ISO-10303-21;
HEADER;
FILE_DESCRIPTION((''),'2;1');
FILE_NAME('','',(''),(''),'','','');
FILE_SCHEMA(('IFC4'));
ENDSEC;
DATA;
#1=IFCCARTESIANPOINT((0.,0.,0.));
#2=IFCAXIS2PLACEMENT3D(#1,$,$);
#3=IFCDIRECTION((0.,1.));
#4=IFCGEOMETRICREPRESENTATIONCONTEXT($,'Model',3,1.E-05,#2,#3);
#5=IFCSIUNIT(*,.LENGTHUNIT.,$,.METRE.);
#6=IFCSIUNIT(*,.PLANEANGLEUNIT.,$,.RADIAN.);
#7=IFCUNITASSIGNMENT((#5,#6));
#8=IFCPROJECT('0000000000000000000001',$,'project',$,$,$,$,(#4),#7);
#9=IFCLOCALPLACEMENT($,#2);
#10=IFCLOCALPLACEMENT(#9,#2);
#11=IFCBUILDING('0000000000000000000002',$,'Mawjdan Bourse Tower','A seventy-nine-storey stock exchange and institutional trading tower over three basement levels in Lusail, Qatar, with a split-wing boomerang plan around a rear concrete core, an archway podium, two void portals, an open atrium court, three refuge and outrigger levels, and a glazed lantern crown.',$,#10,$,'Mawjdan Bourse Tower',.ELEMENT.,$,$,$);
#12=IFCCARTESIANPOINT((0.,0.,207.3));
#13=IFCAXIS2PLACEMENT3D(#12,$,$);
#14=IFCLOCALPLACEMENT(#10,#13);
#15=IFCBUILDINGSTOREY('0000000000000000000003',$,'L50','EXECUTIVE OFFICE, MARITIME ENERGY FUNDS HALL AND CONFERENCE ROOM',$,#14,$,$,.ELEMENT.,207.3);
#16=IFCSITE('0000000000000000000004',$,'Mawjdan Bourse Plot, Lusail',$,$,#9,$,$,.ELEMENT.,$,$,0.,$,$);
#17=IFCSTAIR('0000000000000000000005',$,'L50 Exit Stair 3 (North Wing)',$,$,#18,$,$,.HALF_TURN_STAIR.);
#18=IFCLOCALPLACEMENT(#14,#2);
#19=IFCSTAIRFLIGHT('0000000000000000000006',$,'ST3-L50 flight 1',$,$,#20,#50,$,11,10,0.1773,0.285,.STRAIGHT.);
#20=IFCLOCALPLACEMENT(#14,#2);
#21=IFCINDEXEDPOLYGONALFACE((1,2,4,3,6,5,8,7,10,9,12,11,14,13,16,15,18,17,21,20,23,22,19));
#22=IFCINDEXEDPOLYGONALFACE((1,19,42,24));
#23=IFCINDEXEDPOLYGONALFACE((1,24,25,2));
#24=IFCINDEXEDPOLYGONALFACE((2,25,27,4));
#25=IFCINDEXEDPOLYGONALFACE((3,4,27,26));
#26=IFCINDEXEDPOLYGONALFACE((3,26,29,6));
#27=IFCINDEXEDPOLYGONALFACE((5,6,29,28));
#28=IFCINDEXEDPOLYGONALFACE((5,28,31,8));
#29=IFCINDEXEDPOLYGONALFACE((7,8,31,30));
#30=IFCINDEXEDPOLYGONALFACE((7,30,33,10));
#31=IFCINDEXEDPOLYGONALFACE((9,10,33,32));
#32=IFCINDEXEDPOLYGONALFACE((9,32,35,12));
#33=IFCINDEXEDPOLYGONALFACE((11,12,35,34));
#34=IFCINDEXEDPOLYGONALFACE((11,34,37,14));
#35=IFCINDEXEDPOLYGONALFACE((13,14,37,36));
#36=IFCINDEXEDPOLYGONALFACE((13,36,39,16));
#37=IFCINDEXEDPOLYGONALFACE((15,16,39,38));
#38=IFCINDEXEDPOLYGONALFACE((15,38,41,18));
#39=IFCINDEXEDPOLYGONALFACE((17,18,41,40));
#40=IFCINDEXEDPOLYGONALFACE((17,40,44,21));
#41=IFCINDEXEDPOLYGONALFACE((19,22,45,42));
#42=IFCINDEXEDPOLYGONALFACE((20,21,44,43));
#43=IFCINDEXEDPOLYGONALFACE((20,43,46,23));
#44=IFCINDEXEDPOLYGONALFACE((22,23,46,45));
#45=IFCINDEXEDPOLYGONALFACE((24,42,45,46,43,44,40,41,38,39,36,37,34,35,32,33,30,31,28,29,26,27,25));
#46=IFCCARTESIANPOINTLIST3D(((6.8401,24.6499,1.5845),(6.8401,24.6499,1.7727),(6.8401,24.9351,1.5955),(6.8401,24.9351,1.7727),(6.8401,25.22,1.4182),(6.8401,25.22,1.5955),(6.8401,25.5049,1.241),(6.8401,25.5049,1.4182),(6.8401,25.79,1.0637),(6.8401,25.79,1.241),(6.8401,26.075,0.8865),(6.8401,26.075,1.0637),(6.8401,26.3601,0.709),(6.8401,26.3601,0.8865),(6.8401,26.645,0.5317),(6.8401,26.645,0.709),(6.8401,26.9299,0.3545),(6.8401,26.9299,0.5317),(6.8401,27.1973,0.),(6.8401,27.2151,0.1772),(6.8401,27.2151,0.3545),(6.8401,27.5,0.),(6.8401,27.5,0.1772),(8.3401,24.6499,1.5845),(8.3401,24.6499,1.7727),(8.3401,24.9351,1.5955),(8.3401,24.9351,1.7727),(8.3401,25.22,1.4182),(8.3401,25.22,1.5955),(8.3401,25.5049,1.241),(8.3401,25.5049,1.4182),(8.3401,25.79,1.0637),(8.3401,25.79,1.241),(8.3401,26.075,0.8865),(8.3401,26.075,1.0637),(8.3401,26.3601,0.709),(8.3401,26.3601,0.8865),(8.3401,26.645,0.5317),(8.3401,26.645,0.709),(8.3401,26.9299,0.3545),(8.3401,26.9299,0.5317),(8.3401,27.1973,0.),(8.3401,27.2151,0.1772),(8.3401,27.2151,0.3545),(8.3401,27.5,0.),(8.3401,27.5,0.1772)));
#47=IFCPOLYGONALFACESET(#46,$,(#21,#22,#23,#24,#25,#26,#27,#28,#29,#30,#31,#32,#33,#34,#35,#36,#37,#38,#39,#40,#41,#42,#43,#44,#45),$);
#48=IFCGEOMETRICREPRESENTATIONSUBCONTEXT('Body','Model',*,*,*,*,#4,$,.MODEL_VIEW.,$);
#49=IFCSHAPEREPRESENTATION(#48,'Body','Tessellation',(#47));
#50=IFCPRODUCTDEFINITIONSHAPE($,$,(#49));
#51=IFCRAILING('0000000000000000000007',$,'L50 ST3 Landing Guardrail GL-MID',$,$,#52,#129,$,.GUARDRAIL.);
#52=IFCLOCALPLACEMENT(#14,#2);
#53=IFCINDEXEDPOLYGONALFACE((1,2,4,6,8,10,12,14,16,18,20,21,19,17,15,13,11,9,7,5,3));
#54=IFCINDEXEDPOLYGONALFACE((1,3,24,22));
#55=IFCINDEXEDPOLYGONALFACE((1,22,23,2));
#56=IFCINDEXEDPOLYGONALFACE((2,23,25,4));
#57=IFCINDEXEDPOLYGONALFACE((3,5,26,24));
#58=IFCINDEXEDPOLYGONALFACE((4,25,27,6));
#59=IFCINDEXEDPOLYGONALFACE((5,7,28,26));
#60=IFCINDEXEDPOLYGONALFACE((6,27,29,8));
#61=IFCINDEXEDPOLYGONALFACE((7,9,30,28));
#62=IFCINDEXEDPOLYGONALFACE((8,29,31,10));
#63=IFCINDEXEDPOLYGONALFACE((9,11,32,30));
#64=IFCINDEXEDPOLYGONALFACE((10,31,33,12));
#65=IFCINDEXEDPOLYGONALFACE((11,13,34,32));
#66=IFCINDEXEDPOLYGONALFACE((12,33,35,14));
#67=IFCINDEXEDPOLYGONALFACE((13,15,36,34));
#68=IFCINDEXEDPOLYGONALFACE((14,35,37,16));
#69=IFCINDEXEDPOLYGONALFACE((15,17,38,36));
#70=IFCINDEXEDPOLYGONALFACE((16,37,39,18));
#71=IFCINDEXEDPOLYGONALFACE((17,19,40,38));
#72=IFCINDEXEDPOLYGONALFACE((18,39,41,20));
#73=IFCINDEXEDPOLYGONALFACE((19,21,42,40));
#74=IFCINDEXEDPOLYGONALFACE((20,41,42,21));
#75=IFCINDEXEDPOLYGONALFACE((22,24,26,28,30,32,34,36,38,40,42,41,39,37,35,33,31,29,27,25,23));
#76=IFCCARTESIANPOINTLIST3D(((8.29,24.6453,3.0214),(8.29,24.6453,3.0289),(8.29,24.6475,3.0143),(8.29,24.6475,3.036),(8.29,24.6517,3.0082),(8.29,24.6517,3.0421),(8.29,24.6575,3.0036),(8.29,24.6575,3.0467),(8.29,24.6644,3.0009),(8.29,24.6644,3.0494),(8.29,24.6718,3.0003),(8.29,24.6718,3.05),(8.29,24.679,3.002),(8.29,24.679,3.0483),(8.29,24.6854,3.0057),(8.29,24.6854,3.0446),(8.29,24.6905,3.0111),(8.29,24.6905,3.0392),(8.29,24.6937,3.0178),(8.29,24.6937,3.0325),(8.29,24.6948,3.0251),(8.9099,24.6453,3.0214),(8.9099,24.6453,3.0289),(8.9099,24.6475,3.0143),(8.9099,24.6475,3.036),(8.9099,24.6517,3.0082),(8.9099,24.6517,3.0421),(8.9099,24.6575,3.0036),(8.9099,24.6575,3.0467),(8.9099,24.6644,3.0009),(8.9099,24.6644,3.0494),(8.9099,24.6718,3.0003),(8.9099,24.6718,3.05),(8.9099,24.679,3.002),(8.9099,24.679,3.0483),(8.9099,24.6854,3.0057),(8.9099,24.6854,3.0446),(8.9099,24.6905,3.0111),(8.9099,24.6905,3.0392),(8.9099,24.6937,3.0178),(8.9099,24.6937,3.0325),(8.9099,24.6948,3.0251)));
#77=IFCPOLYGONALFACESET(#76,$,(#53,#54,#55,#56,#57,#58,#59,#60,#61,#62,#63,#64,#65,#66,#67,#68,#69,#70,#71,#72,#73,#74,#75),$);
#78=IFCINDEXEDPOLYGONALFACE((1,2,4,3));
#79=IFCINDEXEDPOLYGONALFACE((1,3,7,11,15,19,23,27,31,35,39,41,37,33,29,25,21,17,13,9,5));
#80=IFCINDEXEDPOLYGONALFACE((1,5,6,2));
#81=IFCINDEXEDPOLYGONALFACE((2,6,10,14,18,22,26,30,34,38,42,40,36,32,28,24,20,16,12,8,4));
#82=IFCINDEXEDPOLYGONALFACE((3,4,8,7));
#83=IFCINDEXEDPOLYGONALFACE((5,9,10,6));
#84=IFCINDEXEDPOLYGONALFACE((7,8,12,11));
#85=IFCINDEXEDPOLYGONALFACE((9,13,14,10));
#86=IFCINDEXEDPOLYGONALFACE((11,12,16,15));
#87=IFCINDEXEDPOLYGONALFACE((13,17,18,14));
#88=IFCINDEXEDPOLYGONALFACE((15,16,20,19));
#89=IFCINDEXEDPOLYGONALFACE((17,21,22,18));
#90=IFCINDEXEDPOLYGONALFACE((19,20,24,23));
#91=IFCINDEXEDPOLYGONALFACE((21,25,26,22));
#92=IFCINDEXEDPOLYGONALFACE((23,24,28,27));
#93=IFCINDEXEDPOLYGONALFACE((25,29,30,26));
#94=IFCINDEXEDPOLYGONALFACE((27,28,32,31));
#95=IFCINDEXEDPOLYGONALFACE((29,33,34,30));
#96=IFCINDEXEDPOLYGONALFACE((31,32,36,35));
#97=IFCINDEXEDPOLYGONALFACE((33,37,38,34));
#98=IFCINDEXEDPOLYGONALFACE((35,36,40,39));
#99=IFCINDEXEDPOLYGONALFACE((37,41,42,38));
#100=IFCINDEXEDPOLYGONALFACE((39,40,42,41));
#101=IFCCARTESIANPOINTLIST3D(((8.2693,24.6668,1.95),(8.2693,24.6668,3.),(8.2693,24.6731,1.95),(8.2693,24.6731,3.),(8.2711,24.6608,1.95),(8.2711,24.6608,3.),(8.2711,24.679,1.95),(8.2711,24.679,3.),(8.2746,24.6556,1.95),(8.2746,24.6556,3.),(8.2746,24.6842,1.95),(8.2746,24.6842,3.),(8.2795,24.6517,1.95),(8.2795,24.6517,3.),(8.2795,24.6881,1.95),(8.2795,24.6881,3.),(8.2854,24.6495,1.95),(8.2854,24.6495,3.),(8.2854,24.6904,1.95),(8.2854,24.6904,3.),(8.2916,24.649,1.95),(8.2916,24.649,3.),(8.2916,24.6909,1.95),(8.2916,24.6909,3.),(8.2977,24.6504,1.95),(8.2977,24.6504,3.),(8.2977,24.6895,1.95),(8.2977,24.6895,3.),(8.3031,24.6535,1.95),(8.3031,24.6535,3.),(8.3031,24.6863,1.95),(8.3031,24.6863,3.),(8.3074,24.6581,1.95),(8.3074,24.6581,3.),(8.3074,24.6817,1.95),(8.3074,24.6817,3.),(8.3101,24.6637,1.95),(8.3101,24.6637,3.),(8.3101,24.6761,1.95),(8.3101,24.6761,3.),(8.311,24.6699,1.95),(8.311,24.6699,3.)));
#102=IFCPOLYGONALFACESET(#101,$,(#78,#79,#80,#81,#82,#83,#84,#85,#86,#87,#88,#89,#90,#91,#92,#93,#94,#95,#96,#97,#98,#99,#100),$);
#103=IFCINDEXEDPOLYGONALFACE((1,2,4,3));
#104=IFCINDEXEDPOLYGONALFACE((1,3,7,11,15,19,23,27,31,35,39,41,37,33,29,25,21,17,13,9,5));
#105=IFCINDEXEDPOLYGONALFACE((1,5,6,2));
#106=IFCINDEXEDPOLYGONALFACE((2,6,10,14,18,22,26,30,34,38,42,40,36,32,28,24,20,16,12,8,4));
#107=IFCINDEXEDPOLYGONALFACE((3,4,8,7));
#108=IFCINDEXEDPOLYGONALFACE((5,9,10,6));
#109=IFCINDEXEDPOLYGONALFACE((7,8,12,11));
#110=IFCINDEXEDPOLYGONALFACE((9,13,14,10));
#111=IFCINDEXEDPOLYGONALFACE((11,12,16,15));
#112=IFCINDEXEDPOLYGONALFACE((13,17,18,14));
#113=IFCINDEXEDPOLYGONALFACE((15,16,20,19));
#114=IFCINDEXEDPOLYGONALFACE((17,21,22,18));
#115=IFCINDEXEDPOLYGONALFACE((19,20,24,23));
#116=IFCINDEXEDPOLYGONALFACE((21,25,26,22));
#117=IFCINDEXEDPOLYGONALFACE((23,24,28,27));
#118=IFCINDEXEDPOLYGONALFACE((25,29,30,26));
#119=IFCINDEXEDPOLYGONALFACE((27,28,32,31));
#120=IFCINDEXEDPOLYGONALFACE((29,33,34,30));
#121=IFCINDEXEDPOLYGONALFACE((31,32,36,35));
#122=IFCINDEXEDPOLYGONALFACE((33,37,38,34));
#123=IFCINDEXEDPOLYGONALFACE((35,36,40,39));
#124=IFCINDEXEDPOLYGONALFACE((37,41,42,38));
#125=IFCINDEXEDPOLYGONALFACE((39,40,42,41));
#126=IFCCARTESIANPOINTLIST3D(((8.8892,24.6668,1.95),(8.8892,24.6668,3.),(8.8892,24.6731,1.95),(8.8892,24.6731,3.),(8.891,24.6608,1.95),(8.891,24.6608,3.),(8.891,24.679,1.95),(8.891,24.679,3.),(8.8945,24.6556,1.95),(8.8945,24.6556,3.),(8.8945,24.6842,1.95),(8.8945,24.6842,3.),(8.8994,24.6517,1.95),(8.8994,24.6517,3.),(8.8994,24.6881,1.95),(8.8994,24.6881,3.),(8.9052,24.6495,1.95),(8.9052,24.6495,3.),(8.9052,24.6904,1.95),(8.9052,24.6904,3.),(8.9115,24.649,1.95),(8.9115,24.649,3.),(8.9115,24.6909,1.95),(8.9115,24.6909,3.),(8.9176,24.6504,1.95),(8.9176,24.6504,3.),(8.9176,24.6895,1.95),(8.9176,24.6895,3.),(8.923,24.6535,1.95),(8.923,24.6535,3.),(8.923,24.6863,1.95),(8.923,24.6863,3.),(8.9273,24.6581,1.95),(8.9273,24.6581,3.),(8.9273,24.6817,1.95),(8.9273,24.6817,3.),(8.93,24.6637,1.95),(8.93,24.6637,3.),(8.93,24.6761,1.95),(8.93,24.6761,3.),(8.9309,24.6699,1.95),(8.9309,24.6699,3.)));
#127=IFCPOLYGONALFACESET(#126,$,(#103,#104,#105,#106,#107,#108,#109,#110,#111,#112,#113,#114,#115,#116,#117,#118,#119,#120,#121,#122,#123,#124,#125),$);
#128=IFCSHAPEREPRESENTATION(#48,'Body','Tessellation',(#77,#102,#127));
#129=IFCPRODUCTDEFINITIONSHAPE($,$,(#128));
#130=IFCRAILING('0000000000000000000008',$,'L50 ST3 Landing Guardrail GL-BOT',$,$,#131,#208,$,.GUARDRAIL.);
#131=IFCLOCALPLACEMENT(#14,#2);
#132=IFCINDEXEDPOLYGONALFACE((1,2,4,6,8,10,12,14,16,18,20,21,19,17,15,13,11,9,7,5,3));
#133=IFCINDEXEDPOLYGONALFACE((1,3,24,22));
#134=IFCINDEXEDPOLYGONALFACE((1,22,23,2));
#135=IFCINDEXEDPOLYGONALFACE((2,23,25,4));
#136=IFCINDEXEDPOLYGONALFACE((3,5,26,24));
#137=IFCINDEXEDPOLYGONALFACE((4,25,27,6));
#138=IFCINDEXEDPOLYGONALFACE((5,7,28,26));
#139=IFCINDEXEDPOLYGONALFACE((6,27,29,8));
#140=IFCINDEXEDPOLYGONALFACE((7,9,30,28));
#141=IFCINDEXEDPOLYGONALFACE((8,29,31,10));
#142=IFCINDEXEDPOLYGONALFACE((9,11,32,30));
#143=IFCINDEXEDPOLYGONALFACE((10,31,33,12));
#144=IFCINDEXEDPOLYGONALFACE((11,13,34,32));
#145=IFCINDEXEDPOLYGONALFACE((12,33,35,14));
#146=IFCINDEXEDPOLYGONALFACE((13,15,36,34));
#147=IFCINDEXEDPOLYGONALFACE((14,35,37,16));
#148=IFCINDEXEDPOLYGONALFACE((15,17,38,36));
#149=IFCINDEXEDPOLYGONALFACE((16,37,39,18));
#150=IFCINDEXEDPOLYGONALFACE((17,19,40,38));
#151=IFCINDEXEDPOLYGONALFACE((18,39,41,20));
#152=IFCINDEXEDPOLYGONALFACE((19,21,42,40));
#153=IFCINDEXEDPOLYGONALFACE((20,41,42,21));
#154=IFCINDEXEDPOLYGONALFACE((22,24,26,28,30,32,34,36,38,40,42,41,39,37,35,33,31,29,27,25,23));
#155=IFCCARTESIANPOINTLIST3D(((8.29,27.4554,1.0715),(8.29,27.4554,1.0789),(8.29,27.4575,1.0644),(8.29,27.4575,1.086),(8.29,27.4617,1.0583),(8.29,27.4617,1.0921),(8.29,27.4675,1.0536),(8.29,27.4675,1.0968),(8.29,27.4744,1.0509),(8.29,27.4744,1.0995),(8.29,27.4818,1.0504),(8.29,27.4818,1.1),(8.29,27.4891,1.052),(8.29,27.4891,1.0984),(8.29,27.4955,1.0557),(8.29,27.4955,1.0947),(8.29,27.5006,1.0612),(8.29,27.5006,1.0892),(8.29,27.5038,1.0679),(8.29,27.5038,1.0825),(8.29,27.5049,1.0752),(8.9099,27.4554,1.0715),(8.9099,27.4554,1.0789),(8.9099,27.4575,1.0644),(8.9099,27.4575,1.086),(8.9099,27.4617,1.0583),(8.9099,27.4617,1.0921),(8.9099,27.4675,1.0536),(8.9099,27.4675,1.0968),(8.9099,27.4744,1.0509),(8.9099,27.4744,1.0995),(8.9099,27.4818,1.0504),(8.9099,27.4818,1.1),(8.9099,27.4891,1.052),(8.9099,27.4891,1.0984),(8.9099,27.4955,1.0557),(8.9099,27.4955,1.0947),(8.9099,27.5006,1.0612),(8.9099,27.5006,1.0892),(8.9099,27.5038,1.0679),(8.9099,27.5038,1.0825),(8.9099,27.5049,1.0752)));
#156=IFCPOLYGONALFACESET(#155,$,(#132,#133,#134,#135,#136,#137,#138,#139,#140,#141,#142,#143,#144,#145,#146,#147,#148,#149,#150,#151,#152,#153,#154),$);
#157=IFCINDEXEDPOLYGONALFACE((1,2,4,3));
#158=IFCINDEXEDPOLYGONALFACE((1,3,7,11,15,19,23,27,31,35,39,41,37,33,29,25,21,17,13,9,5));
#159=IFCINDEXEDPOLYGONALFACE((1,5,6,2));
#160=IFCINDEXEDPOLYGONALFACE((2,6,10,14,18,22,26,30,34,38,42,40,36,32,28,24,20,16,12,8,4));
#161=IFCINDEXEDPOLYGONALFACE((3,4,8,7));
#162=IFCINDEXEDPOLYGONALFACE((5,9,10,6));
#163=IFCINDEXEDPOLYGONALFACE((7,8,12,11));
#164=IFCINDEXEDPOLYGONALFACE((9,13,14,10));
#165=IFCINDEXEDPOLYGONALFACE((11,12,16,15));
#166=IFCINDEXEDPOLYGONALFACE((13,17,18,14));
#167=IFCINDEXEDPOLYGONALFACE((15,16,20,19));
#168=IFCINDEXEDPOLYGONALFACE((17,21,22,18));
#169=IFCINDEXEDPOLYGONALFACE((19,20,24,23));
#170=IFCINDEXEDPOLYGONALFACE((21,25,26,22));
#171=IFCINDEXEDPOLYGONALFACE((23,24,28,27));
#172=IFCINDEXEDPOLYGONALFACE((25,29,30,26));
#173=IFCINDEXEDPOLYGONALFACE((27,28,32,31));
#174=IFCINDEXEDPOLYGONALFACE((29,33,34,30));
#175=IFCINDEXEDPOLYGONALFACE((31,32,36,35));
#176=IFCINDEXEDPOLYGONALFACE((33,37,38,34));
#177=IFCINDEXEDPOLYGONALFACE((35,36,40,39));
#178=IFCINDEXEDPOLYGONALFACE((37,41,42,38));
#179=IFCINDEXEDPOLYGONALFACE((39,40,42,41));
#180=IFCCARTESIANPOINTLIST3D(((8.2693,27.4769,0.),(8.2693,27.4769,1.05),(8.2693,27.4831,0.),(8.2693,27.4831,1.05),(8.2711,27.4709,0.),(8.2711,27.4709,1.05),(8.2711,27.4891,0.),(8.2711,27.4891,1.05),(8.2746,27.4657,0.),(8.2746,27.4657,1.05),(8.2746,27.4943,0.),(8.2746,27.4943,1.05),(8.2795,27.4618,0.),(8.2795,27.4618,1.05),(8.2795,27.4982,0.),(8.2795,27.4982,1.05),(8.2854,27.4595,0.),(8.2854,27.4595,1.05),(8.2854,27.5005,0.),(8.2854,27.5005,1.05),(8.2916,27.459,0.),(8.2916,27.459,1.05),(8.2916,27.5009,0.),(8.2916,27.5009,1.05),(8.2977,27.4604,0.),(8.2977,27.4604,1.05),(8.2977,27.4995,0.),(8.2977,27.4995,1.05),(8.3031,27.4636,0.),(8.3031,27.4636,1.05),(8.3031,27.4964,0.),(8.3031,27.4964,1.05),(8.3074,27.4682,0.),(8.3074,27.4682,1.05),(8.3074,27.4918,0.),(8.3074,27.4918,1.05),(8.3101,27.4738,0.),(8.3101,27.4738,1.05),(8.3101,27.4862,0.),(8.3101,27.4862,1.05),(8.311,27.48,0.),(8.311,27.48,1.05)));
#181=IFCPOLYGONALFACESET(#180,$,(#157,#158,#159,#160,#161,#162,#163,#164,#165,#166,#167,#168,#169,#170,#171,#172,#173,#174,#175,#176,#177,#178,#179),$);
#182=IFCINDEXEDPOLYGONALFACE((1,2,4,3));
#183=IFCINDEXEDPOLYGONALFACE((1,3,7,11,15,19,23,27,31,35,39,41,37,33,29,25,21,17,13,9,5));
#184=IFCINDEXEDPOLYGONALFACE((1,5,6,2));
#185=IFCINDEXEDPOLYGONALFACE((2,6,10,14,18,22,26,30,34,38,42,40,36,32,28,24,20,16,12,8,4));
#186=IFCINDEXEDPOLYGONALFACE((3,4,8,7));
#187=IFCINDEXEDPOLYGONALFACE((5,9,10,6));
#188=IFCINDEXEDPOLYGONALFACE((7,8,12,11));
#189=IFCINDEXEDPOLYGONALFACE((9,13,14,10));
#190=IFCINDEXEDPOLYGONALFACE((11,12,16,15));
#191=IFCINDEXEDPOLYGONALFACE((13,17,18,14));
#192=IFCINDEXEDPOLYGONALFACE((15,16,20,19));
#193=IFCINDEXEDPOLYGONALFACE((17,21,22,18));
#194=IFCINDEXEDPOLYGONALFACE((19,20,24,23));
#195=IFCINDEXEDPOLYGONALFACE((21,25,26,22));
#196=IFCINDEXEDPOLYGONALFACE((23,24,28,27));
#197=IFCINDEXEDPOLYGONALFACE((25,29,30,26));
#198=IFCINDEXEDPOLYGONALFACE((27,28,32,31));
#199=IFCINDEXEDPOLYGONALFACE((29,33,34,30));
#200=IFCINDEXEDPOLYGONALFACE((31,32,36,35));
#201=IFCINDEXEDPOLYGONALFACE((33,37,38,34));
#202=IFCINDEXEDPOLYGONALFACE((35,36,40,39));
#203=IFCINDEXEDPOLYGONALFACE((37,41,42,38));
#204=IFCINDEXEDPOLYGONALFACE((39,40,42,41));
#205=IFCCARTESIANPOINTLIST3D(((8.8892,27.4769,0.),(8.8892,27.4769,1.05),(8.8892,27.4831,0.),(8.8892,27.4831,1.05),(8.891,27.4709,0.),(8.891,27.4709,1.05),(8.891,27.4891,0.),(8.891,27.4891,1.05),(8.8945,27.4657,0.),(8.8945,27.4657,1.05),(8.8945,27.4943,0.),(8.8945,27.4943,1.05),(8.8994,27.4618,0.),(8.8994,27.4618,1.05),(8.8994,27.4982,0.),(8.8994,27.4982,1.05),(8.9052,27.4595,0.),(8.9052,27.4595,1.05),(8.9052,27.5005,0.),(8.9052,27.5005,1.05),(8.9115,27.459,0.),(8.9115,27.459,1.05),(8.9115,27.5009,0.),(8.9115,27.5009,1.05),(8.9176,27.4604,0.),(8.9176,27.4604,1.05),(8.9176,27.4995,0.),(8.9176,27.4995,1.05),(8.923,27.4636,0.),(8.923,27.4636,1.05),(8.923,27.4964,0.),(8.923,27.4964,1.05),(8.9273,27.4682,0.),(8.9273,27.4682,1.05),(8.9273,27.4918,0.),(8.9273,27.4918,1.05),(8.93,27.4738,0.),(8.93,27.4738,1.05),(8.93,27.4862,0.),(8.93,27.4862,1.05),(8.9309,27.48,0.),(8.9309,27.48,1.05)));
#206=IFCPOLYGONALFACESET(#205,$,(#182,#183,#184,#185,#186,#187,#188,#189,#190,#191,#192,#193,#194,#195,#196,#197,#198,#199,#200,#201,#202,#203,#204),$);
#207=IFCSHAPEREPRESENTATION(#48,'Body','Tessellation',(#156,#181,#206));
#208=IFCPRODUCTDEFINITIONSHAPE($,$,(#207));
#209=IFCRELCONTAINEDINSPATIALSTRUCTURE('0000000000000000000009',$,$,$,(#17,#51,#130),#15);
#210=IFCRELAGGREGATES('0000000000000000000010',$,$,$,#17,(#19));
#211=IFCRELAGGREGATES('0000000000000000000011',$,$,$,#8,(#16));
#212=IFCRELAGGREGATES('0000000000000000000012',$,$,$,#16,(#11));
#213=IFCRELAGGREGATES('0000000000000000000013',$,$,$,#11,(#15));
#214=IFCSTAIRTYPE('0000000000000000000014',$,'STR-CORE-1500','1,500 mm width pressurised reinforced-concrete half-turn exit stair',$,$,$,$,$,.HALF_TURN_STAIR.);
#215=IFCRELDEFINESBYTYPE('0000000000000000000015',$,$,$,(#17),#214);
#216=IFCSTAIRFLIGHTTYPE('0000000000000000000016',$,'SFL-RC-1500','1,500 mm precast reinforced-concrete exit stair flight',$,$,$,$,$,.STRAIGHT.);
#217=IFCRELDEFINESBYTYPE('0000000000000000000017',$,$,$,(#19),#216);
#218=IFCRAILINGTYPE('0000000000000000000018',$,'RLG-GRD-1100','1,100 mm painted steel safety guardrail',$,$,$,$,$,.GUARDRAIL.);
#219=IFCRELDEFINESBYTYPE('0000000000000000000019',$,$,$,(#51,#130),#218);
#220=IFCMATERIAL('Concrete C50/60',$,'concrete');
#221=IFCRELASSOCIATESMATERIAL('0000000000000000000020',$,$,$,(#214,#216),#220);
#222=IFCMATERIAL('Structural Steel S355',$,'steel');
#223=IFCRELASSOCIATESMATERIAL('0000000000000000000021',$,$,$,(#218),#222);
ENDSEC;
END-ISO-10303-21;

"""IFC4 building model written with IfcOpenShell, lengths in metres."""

from ifc_helpers import new_model, si_unit, direction, frame, origin, origin_2d, place, context, subcontext, project, spatial, polyline, circle, outline, extrude, material, type_object, element, aggregate, save


model = new_model("IFC4")

# Units and contexts
model_context = context("Model", 3, precision=1e-05, world=origin(), true_north=direction((0.0, 1.0)))
body_context = subcontext(model_context, "Body", "Model", "MODEL_VIEW")
ifc_project = project(units=[si_unit("LENGTHUNIT", "METRE"), si_unit("PLANEANGLEUNIT", "RADIAN")], contexts=[model_context])

# Site, building, storey
site_placement = place(None, origin())
site = spatial("IfcSite", under=ifc_project, at=site_placement, Name="Mawjdan Bourse Plot, Lusail", CompositionType="ELEMENT", RefElevation=0.0)
building_placement = place(site_placement, origin())
building = spatial("IfcBuilding", under=site, at=building_placement, Name="Mawjdan Bourse Tower", Description="A seventy-nine-storey stock exchange and institutional trading tower over three basement levels in Lusail, Qatar, with a split-wing boomerang plan around a rear concrete core, an archway podium, two void portals, an open atrium court, three refuge and outrigger levels, and a glazed lantern crown.", LongName="Mawjdan Bourse Tower", CompositionType="ELEMENT")
storey_placement = place(building_placement, frame((0.0, 0.0, 207.3)))
storey = spatial("IfcBuildingStorey", under=building, at=storey_placement, Name="L50", Description="EXECUTIVE OFFICE, MARITIME ENERGY FUNDS HALL AND CONFERENCE ROOM", CompositionType="ELEMENT", Elevation=207.3)

# Shared definitions
ifc_material_1 = material(Name="Structural Steel S355", Category="steel")

# Shared definitions
ifc_material_2 = material(Name="Concrete C50/60", Category="concrete")

# Stair, stair flight
stair_type = type_object("IfcStairType", Name="STR-CORE-1500", Description="1,500 mm width pressurised reinforced-concrete half-turn exit stair", PredefinedType="HALF_TURN_STAIR", material=ifc_material_2)
stair_placement = place(storey_placement, origin())
stair = element("IfcStair", 1, at=stair_placement, inside=storey, type_object=stair_type, Name="L50 Exit Stair 3 (North Wing)", PredefinedType="HALF_TURN_STAIR")
stair_flight_type = type_object("IfcStairFlightType", Name="SFL-RC-1500", Description="1,500 mm precast reinforced-concrete exit stair flight", PredefinedType="STRAIGHT", material=ifc_material_2)
stair_flight_placement = place(storey_placement, frame((7.5901, 27.5, 0.0), z_axis=(0.0, 0.0, 1.0), x_axis=(0.0, -1.0, 0.0)))
stair_flight = element("IfcStairFlight", 2, at=stair_flight_placement, type_object=stair_flight_type, Name="ST3-L50 flight 1", NumberOfRisers=11, NumberOfTreads=10, PredefinedType="STRAIGHT", RiserHeight=0.1773, TreadLength=0.285, context=body_context, shape_type="SweptSolid", body=[
    extrude(outline(polyline([(0.0, 0.0), (0.0, 0.1772), (0.2849, 0.1772), (0.2849, 0.3545), (0.5701, 0.3545), (0.5701, 0.5317), (0.855, 0.5317), (0.855, 0.709), (1.1399, 0.709), (1.1399, 0.8865), (1.425, 0.8865), (1.425, 1.0637), (1.71, 1.0637), (1.71, 1.241), (1.9951, 1.241), (1.9951, 1.4182), (2.28, 1.4182), (2.28, 1.5955), (2.5649, 1.5955), (2.5649, 1.7727), (2.8501, 1.7727), (2.8501, 1.95), (2.8501, 1.5845), (0.3027, 0.0), (0.0, 0.0)])), frame((0.0, 0.75, 0.0), z_axis=(0.0, -1.0, 0.0), x_axis=(1.0, 0.0, 0.0)), (0.0, 0.0, 1.0), 1.5),
])
aggregate(stair, [stair_flight])

# Railings
railing_type_1 = type_object("IfcRailingType", Name="RLG-GRD-1100", Description="1,100 mm painted steel safety guardrail", PredefinedType="GUARDRAIL", material=ifc_material_1)
for number, where, name in (
    (3, (8.29, 24.6699, 1.95), "L50 ST3 Landing Guardrail GL-MID"),
    (4, (8.29, 27.48, 0.0), "L50 ST3 Landing Guardrail GL-BOT"),
):
    element("IfcRailing", number, at=place(storey_placement, frame(where)), inside=storey, type_object=railing_type_1, Name=name, PredefinedType="GUARDRAIL", context=body_context, shape_type="SweptSolid", body=[
        extrude(circle(Radius=0.0249, at=origin_2d()), frame((0.0, 0.0, 1.0752), z_axis=(1.0, 0.0, 0.0), x_axis=(0.0, 1.0, 0.0)), (0.0, 0.0, 1.0), 0.6199),
        extrude(circle(Radius=0.021, at=origin_2d()), origin(), (0.0, 0.0, 1.0), 1.05),
        extrude(circle(Radius=0.021, at=origin_2d()), frame((0.6199, 0.0, 0.0)), (0.0, 0.0, 1.0), 1.05),
    ])

save(model, "model.ifc")
